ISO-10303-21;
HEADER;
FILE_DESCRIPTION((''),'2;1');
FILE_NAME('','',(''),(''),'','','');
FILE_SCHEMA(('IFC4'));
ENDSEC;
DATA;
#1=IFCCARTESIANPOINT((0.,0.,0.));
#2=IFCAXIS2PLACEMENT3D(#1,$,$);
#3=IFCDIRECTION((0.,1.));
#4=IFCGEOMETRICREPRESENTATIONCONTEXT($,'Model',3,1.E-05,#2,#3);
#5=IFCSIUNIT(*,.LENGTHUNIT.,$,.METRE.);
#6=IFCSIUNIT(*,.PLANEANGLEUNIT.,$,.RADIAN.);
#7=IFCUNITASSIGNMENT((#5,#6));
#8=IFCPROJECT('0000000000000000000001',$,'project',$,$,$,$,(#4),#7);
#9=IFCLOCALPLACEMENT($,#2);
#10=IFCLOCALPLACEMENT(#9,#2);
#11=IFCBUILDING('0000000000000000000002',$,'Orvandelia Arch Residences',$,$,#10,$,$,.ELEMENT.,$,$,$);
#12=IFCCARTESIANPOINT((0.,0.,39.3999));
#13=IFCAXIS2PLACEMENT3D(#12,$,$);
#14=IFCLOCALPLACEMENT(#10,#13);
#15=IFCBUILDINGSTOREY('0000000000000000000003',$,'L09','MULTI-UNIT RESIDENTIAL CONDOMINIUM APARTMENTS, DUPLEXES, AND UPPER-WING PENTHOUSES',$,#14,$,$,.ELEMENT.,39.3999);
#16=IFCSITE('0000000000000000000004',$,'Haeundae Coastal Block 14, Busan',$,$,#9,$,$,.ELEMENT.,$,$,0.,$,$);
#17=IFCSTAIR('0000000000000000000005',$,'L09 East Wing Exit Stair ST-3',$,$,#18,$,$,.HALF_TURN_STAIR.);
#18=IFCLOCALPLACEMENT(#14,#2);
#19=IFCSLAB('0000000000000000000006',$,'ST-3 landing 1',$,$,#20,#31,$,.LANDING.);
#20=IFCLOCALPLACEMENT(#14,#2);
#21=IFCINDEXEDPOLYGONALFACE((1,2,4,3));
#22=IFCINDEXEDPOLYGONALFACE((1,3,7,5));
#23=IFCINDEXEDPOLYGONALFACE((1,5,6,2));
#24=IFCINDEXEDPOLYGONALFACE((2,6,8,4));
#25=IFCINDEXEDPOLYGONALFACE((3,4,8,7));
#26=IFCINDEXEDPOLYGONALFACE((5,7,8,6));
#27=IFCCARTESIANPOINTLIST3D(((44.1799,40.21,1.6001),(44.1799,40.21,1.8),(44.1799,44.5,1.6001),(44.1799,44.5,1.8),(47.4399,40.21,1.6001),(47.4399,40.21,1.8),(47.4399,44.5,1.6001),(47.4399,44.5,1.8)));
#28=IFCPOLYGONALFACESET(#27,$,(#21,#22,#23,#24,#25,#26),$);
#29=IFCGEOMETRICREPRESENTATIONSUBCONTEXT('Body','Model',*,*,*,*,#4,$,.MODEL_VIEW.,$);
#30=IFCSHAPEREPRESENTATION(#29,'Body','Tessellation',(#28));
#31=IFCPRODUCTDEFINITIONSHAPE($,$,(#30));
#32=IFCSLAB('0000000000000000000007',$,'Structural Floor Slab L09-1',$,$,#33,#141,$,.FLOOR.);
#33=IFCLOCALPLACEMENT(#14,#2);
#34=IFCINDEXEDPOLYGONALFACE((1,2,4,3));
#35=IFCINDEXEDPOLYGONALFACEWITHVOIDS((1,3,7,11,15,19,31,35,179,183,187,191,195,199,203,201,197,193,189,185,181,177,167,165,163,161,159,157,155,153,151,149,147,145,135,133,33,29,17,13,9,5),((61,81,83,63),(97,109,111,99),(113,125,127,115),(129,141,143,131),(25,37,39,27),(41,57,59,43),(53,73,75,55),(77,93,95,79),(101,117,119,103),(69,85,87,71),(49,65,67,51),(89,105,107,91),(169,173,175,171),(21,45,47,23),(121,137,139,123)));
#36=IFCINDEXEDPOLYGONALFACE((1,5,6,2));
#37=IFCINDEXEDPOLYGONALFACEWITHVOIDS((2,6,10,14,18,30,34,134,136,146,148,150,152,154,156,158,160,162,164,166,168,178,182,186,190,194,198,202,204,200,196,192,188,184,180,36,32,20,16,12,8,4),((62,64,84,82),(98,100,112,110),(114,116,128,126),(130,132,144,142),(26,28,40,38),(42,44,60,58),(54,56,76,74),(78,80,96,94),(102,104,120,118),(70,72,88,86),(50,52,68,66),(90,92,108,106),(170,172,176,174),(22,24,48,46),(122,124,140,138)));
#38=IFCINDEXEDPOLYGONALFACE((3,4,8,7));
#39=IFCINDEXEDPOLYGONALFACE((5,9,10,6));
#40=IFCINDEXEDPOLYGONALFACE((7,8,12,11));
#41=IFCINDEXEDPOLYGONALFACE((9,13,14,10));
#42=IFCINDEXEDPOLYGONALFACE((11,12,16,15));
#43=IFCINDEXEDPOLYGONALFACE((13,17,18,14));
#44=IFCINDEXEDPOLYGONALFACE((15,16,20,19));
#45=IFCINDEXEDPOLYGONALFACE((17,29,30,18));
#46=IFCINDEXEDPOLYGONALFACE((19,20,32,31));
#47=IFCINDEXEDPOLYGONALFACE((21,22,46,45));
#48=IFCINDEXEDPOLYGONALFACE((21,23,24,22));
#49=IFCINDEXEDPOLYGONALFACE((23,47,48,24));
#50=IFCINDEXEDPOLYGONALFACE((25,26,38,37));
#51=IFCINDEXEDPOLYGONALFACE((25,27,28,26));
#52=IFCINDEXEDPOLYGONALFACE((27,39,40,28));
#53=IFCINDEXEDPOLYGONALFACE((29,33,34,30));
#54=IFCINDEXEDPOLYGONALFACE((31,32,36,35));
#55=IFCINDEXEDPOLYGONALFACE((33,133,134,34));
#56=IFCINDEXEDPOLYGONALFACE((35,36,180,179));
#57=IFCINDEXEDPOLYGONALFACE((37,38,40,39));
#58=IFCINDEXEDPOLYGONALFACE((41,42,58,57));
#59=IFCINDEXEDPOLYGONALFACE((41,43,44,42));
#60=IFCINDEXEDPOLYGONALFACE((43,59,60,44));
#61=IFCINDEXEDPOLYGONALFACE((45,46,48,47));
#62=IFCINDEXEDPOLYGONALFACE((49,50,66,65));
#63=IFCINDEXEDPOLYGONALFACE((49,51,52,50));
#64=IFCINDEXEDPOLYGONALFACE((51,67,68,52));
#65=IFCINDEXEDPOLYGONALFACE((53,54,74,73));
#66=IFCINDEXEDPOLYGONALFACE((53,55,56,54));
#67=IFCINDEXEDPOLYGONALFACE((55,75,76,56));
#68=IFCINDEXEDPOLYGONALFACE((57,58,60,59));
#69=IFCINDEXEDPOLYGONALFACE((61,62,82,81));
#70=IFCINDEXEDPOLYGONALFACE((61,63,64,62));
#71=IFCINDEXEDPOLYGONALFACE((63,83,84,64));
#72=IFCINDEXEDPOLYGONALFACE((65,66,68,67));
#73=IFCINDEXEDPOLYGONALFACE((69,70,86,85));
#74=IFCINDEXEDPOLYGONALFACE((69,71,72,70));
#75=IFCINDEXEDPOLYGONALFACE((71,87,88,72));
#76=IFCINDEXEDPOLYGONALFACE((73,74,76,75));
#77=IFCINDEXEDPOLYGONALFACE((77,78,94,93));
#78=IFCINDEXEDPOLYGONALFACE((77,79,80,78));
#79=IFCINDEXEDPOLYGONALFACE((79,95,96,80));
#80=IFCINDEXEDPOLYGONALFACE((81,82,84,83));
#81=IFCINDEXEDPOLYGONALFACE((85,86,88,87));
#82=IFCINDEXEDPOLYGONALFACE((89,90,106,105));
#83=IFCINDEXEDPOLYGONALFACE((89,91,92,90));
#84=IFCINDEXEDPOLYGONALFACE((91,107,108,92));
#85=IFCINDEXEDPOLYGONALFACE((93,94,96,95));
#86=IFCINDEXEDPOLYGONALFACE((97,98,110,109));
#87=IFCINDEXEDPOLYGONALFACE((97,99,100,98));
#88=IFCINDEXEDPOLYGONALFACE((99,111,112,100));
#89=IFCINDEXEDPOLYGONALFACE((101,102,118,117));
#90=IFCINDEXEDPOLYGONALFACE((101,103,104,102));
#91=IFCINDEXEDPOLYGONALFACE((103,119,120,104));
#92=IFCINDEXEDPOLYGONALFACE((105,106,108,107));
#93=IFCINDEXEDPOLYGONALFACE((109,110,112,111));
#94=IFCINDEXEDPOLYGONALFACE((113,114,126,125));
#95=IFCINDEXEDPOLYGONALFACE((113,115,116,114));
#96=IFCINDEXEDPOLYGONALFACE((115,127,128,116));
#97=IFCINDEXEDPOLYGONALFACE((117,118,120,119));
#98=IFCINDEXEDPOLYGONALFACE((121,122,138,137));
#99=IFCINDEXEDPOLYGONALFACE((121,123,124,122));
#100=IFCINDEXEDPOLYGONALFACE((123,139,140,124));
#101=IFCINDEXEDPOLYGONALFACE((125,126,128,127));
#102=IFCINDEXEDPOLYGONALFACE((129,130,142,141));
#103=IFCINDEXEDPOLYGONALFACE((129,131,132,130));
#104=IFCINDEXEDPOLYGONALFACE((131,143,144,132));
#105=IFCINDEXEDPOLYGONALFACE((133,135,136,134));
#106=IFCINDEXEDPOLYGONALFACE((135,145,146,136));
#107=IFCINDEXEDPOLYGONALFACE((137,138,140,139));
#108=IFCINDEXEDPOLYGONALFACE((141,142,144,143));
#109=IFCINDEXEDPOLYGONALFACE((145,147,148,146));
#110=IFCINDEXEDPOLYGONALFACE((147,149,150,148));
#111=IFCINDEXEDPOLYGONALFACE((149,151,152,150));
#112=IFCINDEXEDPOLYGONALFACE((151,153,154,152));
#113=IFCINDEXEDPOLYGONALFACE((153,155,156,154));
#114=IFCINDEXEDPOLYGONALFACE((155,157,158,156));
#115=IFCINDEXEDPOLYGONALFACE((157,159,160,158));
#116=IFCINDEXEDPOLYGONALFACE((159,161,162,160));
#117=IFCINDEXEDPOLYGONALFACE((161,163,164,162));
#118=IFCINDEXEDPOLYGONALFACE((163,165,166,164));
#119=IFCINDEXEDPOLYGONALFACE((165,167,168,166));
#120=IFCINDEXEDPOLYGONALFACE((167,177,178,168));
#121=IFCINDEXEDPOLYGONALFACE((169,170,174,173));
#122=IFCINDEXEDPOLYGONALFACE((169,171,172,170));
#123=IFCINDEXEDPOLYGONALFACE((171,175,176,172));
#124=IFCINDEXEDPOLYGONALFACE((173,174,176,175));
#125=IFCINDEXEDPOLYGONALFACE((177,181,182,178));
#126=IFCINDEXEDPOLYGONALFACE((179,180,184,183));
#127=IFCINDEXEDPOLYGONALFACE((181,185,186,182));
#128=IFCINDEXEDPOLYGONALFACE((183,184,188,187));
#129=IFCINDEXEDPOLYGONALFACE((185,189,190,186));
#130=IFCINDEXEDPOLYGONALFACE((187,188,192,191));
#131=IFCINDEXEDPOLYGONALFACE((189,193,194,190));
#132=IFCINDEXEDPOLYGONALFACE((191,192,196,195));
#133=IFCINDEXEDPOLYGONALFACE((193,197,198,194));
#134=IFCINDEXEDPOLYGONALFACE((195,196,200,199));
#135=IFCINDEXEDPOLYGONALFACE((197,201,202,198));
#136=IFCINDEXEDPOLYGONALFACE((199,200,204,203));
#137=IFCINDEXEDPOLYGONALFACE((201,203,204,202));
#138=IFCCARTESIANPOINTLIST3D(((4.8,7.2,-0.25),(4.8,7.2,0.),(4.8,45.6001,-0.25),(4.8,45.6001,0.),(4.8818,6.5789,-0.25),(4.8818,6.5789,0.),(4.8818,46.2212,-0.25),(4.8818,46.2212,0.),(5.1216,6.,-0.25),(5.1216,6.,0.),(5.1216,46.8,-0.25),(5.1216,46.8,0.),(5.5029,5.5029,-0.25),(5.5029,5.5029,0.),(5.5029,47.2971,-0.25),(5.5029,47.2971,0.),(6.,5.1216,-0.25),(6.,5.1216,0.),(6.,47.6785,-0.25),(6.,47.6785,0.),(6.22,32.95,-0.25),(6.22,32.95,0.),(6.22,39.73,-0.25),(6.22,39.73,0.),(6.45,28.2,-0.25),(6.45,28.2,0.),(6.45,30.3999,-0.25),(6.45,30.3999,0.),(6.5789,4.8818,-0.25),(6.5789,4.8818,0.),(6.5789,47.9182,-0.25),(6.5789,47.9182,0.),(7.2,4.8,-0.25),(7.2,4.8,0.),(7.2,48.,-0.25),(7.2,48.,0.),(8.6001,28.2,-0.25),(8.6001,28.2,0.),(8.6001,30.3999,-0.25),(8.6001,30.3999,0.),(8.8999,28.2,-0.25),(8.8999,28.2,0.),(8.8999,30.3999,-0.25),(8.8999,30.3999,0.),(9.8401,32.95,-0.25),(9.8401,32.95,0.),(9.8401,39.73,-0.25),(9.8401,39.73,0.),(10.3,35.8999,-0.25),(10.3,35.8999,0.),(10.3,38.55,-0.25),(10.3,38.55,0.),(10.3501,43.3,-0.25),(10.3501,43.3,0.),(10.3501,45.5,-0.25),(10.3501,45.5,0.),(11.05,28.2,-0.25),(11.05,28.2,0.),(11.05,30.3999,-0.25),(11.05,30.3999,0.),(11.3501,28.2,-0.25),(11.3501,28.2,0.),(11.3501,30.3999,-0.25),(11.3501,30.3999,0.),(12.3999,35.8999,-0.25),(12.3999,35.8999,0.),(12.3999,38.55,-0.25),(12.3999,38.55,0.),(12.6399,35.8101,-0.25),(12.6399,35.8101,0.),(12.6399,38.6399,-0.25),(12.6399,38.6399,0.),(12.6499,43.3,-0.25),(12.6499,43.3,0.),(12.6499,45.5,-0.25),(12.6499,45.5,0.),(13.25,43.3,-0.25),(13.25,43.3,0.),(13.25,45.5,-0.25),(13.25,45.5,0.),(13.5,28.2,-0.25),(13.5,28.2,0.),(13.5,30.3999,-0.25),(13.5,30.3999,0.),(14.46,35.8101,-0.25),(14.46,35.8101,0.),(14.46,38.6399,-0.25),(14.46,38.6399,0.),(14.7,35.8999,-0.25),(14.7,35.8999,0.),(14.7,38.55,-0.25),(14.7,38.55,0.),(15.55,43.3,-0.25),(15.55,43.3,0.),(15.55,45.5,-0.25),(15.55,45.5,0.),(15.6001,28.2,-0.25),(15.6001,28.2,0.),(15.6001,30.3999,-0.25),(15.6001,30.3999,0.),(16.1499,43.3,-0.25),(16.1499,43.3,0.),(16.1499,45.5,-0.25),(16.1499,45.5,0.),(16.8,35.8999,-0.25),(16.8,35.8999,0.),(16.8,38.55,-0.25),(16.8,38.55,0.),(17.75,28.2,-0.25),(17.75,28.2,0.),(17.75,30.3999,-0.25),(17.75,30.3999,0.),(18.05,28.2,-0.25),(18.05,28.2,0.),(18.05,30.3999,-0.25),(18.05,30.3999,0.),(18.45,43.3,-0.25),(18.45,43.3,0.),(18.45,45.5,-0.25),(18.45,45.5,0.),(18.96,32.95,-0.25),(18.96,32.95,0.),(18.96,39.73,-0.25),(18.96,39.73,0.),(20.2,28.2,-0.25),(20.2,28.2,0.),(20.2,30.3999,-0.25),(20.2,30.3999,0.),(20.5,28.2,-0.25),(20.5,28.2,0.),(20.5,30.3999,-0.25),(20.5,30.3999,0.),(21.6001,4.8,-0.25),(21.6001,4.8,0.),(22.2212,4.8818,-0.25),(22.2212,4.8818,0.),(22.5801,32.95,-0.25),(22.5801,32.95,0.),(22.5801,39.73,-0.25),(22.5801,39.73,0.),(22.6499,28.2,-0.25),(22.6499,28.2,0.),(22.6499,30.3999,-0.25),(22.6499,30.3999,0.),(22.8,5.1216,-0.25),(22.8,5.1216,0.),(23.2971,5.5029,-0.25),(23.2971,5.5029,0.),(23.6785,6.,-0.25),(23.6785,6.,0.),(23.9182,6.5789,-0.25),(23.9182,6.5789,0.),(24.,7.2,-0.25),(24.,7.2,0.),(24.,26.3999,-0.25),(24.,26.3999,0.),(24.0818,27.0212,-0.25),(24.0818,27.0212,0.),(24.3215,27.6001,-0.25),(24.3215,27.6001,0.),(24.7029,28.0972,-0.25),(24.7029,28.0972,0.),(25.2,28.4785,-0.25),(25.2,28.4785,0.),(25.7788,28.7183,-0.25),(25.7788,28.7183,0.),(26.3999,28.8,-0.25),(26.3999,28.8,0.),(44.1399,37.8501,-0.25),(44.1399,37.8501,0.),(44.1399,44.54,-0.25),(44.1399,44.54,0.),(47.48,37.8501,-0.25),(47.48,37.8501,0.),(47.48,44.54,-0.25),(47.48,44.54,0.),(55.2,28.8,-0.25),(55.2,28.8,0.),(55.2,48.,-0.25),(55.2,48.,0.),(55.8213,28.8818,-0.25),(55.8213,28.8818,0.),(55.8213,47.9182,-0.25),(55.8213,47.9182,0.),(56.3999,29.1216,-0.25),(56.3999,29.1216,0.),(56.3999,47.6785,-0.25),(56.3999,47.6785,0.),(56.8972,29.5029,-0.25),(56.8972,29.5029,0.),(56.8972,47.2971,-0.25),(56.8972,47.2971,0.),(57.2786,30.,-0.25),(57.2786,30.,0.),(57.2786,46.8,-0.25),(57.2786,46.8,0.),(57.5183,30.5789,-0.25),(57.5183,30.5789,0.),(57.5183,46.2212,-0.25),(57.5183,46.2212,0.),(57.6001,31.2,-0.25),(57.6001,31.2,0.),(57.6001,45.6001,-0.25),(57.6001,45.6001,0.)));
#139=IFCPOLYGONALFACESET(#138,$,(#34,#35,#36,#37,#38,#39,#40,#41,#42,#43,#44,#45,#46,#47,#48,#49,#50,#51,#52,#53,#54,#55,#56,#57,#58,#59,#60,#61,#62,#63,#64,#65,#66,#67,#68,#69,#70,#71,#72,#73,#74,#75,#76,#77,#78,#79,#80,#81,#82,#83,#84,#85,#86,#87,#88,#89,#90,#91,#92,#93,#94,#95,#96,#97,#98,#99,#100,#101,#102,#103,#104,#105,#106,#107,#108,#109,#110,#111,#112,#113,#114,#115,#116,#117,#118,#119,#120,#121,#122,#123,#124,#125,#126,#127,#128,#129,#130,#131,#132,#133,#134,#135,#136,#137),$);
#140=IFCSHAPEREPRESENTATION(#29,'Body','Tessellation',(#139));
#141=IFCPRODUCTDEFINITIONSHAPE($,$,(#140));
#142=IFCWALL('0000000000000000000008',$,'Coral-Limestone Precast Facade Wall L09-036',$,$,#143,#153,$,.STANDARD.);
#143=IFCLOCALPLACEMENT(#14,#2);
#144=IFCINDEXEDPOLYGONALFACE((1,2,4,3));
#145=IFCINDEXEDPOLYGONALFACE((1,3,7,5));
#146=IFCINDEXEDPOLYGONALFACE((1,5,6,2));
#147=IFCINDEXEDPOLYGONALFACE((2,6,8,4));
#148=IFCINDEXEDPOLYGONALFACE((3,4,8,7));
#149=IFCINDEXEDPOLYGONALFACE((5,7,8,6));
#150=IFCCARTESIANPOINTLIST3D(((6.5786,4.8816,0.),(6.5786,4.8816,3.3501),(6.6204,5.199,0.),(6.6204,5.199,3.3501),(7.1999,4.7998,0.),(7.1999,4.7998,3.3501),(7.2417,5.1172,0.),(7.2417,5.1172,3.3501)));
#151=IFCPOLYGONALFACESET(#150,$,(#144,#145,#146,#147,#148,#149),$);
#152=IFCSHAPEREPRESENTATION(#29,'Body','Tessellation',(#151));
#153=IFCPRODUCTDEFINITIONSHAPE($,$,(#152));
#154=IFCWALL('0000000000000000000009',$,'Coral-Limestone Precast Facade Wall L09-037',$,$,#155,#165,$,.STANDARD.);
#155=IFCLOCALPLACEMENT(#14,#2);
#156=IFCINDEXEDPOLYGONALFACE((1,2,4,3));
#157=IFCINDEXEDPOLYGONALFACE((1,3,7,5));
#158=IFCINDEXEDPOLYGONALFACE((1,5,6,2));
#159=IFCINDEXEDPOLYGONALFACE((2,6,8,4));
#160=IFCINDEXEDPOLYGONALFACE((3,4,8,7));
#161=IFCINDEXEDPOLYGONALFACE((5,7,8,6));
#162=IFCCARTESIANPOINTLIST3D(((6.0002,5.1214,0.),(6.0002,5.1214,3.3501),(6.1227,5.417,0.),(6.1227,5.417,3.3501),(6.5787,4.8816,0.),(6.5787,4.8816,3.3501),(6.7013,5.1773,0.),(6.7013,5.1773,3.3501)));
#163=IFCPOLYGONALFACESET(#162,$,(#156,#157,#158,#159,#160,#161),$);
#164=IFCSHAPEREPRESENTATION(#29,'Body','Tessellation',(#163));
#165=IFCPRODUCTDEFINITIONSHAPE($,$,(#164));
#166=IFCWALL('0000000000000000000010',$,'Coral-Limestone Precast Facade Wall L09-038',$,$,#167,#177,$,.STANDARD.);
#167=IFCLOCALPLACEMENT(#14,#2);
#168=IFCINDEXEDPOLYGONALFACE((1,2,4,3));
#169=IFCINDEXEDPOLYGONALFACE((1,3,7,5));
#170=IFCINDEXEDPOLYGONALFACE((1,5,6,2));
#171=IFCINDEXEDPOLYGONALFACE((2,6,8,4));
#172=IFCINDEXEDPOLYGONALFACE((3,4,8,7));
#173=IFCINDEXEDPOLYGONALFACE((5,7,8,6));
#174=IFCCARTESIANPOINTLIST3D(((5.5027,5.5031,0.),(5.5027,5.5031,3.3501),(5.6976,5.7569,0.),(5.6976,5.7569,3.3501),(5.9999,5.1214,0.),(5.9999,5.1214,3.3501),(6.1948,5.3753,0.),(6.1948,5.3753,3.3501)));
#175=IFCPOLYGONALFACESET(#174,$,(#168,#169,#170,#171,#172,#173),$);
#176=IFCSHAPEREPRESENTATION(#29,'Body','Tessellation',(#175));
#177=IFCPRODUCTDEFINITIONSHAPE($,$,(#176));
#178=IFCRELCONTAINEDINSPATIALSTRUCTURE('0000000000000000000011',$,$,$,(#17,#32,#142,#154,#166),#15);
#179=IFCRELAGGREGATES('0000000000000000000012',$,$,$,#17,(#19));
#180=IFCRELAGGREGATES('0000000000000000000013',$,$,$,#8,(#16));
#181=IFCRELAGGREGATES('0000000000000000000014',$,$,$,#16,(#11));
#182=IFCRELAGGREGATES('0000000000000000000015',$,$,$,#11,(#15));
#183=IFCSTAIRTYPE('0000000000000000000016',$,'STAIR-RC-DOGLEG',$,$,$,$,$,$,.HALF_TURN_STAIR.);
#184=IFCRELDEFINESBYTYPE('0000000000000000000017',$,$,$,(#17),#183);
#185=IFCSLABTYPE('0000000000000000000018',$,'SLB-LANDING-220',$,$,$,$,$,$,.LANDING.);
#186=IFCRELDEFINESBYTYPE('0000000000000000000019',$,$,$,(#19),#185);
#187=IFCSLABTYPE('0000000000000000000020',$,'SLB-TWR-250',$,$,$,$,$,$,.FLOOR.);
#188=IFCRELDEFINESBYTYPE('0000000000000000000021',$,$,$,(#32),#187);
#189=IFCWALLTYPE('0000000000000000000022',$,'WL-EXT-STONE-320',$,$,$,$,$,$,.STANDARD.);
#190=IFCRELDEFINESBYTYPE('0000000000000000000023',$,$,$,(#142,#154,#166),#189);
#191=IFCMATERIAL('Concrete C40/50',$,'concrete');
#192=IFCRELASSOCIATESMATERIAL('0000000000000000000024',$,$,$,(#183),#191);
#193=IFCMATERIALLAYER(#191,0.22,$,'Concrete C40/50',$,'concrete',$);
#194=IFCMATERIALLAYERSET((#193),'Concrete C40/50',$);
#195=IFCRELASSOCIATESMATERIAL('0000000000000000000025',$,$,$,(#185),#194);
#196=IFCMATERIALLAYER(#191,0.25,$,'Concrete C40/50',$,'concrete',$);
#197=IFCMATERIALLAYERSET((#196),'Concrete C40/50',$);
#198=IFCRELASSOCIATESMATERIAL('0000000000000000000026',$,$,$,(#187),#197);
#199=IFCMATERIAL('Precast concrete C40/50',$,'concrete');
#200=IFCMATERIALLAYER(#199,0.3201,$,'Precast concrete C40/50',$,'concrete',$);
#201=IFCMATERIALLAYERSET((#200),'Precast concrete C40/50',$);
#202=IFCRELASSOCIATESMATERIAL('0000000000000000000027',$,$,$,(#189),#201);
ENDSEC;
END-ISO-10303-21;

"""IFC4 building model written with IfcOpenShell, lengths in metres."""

from ifc_helpers import new_model, si_unit, direction, frame, frame_2d, origin, place, context, subcontext, project, spatial, polyline, rectangle, outline, extrude, material, layer, layer_set, type_object, element, aggregate, save


model = new_model("IFC4")

# Units and contexts
model_context = context("Model", 3, precision=1e-05, world=origin(), true_north=direction((0.0, 1.0)))
body_context = subcontext(model_context, "Body", "Model", "MODEL_VIEW")
ifc_project = project(units=[si_unit("LENGTHUNIT", "METRE"), si_unit("PLANEANGLEUNIT", "RADIAN")], contexts=[model_context])

# Site, building, storey
site_placement = place(None, origin())
site = spatial("IfcSite", under=ifc_project, at=site_placement, Name="Haeundae Coastal Block 14, Busan", CompositionType="ELEMENT", RefElevation=0.0)
building_placement = place(site_placement, origin())
building = spatial("IfcBuilding", under=site, at=building_placement, Name="Orvandelia Arch Residences", CompositionType="ELEMENT")
storey_placement = place(building_placement, frame((0.0, 0.0, 39.3999)))
storey = spatial("IfcBuildingStorey", under=building, at=storey_placement, Name="L09", Description="MULTI-UNIT RESIDENTIAL CONDOMINIUM APARTMENTS, DUPLEXES, AND UPPER-WING PENTHOUSES", CompositionType="ELEMENT", Elevation=39.3999)

# Shared definitions
ifc_material_1 = material(Name="Precast concrete C40/50", Category="concrete")

# Stair, slab
ifc_material_2 = material(Name="Concrete C40/50", Category="concrete")
stair_type = type_object("IfcStairType", Name="STAIR-RC-DOGLEG", PredefinedType="HALF_TURN_STAIR", material=ifc_material_2)
ifc_layer_1 = layer(ifc_material_2, 0.22, Name="Concrete C40/50", Category="concrete")
ifc_layer_set_1 = layer_set([ifc_layer_1], Name="Concrete C40/50")
slab_type_1 = type_object("IfcSlabType", Name="SLB-LANDING-220", PredefinedType="LANDING", material=ifc_layer_set_1)
stair_1_placement = place(storey_placement, origin())
stair_1 = element("IfcStair", 1, at=stair_1_placement, inside=storey, type_object=stair_type, Name="L09 East Wing Exit Stair ST-3", PredefinedType="HALF_TURN_STAIR")
slab_1_placement = place(storey_placement, frame((0.0, 0.0, 1.6001)))
slab_1 = element("IfcSlab", 2, at=slab_1_placement, type_object=slab_type_1, Name="ST-3 landing 1", PredefinedType="LANDING", context=body_context, shape_type="SweptSolid", body=[
    extrude(outline(polyline([(47.4399, 40.21), (47.4399, 44.5), (44.1799, 44.5), (44.1799, 40.21), (47.4399, 40.21)])), origin(), (0.0, 0.0, 1.0), 0.2),
])
aggregate(stair_1, [slab_1])

# Slab
ifc_layer_2 = layer(ifc_material_2, 0.25, Name="Concrete C40/50", Category="concrete")
ifc_layer_set_2 = layer_set([ifc_layer_2], Name="Concrete C40/50")
slab_type_2 = type_object("IfcSlabType", Name="SLB-TWR-250", PredefinedType="FLOOR", material=ifc_layer_set_2)
slab_2_placement = place(storey_placement, frame((0.0, 0.0, -0.25)))
element("IfcSlab", 3, at=slab_2_placement, inside=storey, type_object=slab_type_2, Name="Structural Floor Slab L09-1", PredefinedType="FLOOR", context=body_context, shape_type="SweptSolid", body=[
    extrude(outline(polyline([(4.8, 7.2), (4.8818, 6.5789), (5.1216, 6.0), (5.5029, 5.5029), (6.0, 5.1216), (6.5789, 4.8818), (7.2, 4.8), (21.6001, 4.8), (22.2212, 4.8818), (22.8, 5.1216), (23.2971, 5.5029), (23.6785, 6.0), (23.9182, 6.5789), (24.0, 7.2), (24.0, 26.3999), (24.0818, 27.0212), (24.3215, 27.6001), (24.7029, 28.0972), (25.2, 28.4785), (25.7788, 28.7183), (26.3999, 28.8), (55.2, 28.8), (55.8213, 28.8818), (56.3999, 29.1216), (56.8972, 29.5029), (57.2786, 30.0), (57.5183, 30.5789), (57.6001, 31.2), (57.6001, 45.6001), (57.5183, 46.2212), (57.2786, 46.8), (56.8972, 47.2971), (56.3999, 47.6785), (55.8213, 47.9182), (55.2, 48.0), (7.2, 48.0), (6.5789, 47.9182), (6.0, 47.6785), (5.5029, 47.2971), (5.1216, 46.8), (4.8818, 46.2212), (4.8, 45.6001), (4.8, 7.2)]), holes=[polyline([(6.22, 32.95), (9.8401, 32.95), (9.8401, 39.73), (6.22, 39.73), (6.22, 32.95)]), polyline([(18.96, 32.95), (22.5801, 32.95), (22.5801, 39.73), (18.96, 39.73), (18.96, 32.95)]), polyline([(44.1399, 37.8501), (47.48, 37.8501), (47.48, 44.54), (44.1399, 44.54), (44.1399, 37.8501)]), polyline([(12.6399, 35.8101), (14.46, 35.8101), (14.46, 38.6399), (12.6399, 38.6399), (12.6399, 35.8101)]), polyline([(10.3, 35.8999), (12.3999, 35.8999), (12.3999, 38.55), (10.3, 38.55), (10.3, 35.8999)]), polyline([(14.7, 35.8999), (16.8, 35.8999), (16.8, 38.55), (14.7, 38.55), (14.7, 35.8999)]), polyline([(10.3501, 43.3), (12.6499, 43.3), (12.6499, 45.5), (10.3501, 45.5), (10.3501, 43.3)]), polyline([(13.25, 43.3), (15.55, 43.3), (15.55, 45.5), (13.25, 45.5), (13.25, 43.3)]), polyline([(16.1499, 43.3), (18.45, 43.3), (18.45, 45.5), (16.1499, 45.5), (16.1499, 43.3)]), polyline([(6.45, 28.2), (8.6001, 28.2), (8.6001, 30.3999), (6.45, 30.3999), (6.45, 28.2)]), polyline([(8.8999, 28.2), (11.05, 28.2), (11.05, 30.3999), (8.8999, 30.3999), (8.8999, 28.2)]), polyline([(11.3501, 28.2), (13.5, 28.2), (13.5, 30.3999), (11.3501, 30.3999), (11.3501, 28.2)]), polyline([(15.6001, 28.2), (17.75, 28.2), (17.75, 30.3999), (15.6001, 30.3999), (15.6001, 28.2)]), polyline([(18.05, 28.2), (20.2, 28.2), (20.2, 30.3999), (18.05, 30.3999), (18.05, 28.2)]), polyline([(20.5, 28.2), (22.6499, 28.2), (22.6499, 30.3999), (20.5, 30.3999), (20.5, 28.2)])]), origin(), (0.0, 0.0, 1.0), 0.25),
])

# Walls
ifc_layer_3 = layer(ifc_material_1, 0.3201, Name="Precast concrete C40/50", Category="concrete")
ifc_layer_set_3 = layer_set([ifc_layer_3], Name="Precast concrete C40/50")
wall_type_1 = type_object("IfcWallType", Name="WL-EXT-STONE-320", PredefinedType="STANDARD", material=ifc_layer_set_3)
wall_1_placement = place(storey_placement, frame((7.2209, 4.9585, 0.0), z_axis=(0.0, 0.0, 1.0), x_axis=(-0.991448, 0.130505, 0.0)))
element("IfcWall", 4, at=wall_1_placement, inside=storey, type_object=wall_type_1, Name="Coral-Limestone Precast Facade Wall L09-036", PredefinedType="STANDARD", context=body_context, shape_type="SweptSolid", body=[
    extrude(rectangle(XDim=0.6267, YDim=0.3201, at=frame_2d((0.3135, 0.0))), origin(), (0.0, 0.0, 1.0), 3.3501),
])
wall_2_placement = place(storey_placement, frame((6.6399, 5.0295, 0.0), z_axis=(0.0, 0.0, 1.0), x_axis=(-0.923836, 0.382788, 0.0)))
element("IfcWall", 5, at=wall_2_placement, inside=storey, type_object=wall_type_1, Name="Coral-Limestone Precast Facade Wall L09-037", PredefinedType="STANDARD", context=body_context, shape_type="SweptSolid", body=[
    extrude(rectangle(XDim=0.6262, YDim=0.3201, at=frame_2d((0.313, 0.0))), origin(), (0.0, 0.0, 1.0), 3.3501),
])
for number, where, z_axis, x_axis, name in (
    (6, (6.0974, 5.2483, 0.0), (0.0, 0.0, 1.0), (-0.793217, 0.608939, 0.0), "Coral-Limestone Precast Facade Wall L09-038"),
):
    element("IfcWall", number, at=place(storey_placement, frame(where, z_axis=z_axis, x_axis=x_axis)), inside=storey, type_object=wall_type_1, Name=name, PredefinedType="STANDARD", context=body_context, shape_type="SweptSolid", body=[
        extrude(rectangle(XDim=0.6267, YDim=0.3201, at=frame_2d((0.3135, 0.0))), origin(), (0.0, 0.0, 1.0), 3.3501),
    ])

save(model, "model.ifc")
